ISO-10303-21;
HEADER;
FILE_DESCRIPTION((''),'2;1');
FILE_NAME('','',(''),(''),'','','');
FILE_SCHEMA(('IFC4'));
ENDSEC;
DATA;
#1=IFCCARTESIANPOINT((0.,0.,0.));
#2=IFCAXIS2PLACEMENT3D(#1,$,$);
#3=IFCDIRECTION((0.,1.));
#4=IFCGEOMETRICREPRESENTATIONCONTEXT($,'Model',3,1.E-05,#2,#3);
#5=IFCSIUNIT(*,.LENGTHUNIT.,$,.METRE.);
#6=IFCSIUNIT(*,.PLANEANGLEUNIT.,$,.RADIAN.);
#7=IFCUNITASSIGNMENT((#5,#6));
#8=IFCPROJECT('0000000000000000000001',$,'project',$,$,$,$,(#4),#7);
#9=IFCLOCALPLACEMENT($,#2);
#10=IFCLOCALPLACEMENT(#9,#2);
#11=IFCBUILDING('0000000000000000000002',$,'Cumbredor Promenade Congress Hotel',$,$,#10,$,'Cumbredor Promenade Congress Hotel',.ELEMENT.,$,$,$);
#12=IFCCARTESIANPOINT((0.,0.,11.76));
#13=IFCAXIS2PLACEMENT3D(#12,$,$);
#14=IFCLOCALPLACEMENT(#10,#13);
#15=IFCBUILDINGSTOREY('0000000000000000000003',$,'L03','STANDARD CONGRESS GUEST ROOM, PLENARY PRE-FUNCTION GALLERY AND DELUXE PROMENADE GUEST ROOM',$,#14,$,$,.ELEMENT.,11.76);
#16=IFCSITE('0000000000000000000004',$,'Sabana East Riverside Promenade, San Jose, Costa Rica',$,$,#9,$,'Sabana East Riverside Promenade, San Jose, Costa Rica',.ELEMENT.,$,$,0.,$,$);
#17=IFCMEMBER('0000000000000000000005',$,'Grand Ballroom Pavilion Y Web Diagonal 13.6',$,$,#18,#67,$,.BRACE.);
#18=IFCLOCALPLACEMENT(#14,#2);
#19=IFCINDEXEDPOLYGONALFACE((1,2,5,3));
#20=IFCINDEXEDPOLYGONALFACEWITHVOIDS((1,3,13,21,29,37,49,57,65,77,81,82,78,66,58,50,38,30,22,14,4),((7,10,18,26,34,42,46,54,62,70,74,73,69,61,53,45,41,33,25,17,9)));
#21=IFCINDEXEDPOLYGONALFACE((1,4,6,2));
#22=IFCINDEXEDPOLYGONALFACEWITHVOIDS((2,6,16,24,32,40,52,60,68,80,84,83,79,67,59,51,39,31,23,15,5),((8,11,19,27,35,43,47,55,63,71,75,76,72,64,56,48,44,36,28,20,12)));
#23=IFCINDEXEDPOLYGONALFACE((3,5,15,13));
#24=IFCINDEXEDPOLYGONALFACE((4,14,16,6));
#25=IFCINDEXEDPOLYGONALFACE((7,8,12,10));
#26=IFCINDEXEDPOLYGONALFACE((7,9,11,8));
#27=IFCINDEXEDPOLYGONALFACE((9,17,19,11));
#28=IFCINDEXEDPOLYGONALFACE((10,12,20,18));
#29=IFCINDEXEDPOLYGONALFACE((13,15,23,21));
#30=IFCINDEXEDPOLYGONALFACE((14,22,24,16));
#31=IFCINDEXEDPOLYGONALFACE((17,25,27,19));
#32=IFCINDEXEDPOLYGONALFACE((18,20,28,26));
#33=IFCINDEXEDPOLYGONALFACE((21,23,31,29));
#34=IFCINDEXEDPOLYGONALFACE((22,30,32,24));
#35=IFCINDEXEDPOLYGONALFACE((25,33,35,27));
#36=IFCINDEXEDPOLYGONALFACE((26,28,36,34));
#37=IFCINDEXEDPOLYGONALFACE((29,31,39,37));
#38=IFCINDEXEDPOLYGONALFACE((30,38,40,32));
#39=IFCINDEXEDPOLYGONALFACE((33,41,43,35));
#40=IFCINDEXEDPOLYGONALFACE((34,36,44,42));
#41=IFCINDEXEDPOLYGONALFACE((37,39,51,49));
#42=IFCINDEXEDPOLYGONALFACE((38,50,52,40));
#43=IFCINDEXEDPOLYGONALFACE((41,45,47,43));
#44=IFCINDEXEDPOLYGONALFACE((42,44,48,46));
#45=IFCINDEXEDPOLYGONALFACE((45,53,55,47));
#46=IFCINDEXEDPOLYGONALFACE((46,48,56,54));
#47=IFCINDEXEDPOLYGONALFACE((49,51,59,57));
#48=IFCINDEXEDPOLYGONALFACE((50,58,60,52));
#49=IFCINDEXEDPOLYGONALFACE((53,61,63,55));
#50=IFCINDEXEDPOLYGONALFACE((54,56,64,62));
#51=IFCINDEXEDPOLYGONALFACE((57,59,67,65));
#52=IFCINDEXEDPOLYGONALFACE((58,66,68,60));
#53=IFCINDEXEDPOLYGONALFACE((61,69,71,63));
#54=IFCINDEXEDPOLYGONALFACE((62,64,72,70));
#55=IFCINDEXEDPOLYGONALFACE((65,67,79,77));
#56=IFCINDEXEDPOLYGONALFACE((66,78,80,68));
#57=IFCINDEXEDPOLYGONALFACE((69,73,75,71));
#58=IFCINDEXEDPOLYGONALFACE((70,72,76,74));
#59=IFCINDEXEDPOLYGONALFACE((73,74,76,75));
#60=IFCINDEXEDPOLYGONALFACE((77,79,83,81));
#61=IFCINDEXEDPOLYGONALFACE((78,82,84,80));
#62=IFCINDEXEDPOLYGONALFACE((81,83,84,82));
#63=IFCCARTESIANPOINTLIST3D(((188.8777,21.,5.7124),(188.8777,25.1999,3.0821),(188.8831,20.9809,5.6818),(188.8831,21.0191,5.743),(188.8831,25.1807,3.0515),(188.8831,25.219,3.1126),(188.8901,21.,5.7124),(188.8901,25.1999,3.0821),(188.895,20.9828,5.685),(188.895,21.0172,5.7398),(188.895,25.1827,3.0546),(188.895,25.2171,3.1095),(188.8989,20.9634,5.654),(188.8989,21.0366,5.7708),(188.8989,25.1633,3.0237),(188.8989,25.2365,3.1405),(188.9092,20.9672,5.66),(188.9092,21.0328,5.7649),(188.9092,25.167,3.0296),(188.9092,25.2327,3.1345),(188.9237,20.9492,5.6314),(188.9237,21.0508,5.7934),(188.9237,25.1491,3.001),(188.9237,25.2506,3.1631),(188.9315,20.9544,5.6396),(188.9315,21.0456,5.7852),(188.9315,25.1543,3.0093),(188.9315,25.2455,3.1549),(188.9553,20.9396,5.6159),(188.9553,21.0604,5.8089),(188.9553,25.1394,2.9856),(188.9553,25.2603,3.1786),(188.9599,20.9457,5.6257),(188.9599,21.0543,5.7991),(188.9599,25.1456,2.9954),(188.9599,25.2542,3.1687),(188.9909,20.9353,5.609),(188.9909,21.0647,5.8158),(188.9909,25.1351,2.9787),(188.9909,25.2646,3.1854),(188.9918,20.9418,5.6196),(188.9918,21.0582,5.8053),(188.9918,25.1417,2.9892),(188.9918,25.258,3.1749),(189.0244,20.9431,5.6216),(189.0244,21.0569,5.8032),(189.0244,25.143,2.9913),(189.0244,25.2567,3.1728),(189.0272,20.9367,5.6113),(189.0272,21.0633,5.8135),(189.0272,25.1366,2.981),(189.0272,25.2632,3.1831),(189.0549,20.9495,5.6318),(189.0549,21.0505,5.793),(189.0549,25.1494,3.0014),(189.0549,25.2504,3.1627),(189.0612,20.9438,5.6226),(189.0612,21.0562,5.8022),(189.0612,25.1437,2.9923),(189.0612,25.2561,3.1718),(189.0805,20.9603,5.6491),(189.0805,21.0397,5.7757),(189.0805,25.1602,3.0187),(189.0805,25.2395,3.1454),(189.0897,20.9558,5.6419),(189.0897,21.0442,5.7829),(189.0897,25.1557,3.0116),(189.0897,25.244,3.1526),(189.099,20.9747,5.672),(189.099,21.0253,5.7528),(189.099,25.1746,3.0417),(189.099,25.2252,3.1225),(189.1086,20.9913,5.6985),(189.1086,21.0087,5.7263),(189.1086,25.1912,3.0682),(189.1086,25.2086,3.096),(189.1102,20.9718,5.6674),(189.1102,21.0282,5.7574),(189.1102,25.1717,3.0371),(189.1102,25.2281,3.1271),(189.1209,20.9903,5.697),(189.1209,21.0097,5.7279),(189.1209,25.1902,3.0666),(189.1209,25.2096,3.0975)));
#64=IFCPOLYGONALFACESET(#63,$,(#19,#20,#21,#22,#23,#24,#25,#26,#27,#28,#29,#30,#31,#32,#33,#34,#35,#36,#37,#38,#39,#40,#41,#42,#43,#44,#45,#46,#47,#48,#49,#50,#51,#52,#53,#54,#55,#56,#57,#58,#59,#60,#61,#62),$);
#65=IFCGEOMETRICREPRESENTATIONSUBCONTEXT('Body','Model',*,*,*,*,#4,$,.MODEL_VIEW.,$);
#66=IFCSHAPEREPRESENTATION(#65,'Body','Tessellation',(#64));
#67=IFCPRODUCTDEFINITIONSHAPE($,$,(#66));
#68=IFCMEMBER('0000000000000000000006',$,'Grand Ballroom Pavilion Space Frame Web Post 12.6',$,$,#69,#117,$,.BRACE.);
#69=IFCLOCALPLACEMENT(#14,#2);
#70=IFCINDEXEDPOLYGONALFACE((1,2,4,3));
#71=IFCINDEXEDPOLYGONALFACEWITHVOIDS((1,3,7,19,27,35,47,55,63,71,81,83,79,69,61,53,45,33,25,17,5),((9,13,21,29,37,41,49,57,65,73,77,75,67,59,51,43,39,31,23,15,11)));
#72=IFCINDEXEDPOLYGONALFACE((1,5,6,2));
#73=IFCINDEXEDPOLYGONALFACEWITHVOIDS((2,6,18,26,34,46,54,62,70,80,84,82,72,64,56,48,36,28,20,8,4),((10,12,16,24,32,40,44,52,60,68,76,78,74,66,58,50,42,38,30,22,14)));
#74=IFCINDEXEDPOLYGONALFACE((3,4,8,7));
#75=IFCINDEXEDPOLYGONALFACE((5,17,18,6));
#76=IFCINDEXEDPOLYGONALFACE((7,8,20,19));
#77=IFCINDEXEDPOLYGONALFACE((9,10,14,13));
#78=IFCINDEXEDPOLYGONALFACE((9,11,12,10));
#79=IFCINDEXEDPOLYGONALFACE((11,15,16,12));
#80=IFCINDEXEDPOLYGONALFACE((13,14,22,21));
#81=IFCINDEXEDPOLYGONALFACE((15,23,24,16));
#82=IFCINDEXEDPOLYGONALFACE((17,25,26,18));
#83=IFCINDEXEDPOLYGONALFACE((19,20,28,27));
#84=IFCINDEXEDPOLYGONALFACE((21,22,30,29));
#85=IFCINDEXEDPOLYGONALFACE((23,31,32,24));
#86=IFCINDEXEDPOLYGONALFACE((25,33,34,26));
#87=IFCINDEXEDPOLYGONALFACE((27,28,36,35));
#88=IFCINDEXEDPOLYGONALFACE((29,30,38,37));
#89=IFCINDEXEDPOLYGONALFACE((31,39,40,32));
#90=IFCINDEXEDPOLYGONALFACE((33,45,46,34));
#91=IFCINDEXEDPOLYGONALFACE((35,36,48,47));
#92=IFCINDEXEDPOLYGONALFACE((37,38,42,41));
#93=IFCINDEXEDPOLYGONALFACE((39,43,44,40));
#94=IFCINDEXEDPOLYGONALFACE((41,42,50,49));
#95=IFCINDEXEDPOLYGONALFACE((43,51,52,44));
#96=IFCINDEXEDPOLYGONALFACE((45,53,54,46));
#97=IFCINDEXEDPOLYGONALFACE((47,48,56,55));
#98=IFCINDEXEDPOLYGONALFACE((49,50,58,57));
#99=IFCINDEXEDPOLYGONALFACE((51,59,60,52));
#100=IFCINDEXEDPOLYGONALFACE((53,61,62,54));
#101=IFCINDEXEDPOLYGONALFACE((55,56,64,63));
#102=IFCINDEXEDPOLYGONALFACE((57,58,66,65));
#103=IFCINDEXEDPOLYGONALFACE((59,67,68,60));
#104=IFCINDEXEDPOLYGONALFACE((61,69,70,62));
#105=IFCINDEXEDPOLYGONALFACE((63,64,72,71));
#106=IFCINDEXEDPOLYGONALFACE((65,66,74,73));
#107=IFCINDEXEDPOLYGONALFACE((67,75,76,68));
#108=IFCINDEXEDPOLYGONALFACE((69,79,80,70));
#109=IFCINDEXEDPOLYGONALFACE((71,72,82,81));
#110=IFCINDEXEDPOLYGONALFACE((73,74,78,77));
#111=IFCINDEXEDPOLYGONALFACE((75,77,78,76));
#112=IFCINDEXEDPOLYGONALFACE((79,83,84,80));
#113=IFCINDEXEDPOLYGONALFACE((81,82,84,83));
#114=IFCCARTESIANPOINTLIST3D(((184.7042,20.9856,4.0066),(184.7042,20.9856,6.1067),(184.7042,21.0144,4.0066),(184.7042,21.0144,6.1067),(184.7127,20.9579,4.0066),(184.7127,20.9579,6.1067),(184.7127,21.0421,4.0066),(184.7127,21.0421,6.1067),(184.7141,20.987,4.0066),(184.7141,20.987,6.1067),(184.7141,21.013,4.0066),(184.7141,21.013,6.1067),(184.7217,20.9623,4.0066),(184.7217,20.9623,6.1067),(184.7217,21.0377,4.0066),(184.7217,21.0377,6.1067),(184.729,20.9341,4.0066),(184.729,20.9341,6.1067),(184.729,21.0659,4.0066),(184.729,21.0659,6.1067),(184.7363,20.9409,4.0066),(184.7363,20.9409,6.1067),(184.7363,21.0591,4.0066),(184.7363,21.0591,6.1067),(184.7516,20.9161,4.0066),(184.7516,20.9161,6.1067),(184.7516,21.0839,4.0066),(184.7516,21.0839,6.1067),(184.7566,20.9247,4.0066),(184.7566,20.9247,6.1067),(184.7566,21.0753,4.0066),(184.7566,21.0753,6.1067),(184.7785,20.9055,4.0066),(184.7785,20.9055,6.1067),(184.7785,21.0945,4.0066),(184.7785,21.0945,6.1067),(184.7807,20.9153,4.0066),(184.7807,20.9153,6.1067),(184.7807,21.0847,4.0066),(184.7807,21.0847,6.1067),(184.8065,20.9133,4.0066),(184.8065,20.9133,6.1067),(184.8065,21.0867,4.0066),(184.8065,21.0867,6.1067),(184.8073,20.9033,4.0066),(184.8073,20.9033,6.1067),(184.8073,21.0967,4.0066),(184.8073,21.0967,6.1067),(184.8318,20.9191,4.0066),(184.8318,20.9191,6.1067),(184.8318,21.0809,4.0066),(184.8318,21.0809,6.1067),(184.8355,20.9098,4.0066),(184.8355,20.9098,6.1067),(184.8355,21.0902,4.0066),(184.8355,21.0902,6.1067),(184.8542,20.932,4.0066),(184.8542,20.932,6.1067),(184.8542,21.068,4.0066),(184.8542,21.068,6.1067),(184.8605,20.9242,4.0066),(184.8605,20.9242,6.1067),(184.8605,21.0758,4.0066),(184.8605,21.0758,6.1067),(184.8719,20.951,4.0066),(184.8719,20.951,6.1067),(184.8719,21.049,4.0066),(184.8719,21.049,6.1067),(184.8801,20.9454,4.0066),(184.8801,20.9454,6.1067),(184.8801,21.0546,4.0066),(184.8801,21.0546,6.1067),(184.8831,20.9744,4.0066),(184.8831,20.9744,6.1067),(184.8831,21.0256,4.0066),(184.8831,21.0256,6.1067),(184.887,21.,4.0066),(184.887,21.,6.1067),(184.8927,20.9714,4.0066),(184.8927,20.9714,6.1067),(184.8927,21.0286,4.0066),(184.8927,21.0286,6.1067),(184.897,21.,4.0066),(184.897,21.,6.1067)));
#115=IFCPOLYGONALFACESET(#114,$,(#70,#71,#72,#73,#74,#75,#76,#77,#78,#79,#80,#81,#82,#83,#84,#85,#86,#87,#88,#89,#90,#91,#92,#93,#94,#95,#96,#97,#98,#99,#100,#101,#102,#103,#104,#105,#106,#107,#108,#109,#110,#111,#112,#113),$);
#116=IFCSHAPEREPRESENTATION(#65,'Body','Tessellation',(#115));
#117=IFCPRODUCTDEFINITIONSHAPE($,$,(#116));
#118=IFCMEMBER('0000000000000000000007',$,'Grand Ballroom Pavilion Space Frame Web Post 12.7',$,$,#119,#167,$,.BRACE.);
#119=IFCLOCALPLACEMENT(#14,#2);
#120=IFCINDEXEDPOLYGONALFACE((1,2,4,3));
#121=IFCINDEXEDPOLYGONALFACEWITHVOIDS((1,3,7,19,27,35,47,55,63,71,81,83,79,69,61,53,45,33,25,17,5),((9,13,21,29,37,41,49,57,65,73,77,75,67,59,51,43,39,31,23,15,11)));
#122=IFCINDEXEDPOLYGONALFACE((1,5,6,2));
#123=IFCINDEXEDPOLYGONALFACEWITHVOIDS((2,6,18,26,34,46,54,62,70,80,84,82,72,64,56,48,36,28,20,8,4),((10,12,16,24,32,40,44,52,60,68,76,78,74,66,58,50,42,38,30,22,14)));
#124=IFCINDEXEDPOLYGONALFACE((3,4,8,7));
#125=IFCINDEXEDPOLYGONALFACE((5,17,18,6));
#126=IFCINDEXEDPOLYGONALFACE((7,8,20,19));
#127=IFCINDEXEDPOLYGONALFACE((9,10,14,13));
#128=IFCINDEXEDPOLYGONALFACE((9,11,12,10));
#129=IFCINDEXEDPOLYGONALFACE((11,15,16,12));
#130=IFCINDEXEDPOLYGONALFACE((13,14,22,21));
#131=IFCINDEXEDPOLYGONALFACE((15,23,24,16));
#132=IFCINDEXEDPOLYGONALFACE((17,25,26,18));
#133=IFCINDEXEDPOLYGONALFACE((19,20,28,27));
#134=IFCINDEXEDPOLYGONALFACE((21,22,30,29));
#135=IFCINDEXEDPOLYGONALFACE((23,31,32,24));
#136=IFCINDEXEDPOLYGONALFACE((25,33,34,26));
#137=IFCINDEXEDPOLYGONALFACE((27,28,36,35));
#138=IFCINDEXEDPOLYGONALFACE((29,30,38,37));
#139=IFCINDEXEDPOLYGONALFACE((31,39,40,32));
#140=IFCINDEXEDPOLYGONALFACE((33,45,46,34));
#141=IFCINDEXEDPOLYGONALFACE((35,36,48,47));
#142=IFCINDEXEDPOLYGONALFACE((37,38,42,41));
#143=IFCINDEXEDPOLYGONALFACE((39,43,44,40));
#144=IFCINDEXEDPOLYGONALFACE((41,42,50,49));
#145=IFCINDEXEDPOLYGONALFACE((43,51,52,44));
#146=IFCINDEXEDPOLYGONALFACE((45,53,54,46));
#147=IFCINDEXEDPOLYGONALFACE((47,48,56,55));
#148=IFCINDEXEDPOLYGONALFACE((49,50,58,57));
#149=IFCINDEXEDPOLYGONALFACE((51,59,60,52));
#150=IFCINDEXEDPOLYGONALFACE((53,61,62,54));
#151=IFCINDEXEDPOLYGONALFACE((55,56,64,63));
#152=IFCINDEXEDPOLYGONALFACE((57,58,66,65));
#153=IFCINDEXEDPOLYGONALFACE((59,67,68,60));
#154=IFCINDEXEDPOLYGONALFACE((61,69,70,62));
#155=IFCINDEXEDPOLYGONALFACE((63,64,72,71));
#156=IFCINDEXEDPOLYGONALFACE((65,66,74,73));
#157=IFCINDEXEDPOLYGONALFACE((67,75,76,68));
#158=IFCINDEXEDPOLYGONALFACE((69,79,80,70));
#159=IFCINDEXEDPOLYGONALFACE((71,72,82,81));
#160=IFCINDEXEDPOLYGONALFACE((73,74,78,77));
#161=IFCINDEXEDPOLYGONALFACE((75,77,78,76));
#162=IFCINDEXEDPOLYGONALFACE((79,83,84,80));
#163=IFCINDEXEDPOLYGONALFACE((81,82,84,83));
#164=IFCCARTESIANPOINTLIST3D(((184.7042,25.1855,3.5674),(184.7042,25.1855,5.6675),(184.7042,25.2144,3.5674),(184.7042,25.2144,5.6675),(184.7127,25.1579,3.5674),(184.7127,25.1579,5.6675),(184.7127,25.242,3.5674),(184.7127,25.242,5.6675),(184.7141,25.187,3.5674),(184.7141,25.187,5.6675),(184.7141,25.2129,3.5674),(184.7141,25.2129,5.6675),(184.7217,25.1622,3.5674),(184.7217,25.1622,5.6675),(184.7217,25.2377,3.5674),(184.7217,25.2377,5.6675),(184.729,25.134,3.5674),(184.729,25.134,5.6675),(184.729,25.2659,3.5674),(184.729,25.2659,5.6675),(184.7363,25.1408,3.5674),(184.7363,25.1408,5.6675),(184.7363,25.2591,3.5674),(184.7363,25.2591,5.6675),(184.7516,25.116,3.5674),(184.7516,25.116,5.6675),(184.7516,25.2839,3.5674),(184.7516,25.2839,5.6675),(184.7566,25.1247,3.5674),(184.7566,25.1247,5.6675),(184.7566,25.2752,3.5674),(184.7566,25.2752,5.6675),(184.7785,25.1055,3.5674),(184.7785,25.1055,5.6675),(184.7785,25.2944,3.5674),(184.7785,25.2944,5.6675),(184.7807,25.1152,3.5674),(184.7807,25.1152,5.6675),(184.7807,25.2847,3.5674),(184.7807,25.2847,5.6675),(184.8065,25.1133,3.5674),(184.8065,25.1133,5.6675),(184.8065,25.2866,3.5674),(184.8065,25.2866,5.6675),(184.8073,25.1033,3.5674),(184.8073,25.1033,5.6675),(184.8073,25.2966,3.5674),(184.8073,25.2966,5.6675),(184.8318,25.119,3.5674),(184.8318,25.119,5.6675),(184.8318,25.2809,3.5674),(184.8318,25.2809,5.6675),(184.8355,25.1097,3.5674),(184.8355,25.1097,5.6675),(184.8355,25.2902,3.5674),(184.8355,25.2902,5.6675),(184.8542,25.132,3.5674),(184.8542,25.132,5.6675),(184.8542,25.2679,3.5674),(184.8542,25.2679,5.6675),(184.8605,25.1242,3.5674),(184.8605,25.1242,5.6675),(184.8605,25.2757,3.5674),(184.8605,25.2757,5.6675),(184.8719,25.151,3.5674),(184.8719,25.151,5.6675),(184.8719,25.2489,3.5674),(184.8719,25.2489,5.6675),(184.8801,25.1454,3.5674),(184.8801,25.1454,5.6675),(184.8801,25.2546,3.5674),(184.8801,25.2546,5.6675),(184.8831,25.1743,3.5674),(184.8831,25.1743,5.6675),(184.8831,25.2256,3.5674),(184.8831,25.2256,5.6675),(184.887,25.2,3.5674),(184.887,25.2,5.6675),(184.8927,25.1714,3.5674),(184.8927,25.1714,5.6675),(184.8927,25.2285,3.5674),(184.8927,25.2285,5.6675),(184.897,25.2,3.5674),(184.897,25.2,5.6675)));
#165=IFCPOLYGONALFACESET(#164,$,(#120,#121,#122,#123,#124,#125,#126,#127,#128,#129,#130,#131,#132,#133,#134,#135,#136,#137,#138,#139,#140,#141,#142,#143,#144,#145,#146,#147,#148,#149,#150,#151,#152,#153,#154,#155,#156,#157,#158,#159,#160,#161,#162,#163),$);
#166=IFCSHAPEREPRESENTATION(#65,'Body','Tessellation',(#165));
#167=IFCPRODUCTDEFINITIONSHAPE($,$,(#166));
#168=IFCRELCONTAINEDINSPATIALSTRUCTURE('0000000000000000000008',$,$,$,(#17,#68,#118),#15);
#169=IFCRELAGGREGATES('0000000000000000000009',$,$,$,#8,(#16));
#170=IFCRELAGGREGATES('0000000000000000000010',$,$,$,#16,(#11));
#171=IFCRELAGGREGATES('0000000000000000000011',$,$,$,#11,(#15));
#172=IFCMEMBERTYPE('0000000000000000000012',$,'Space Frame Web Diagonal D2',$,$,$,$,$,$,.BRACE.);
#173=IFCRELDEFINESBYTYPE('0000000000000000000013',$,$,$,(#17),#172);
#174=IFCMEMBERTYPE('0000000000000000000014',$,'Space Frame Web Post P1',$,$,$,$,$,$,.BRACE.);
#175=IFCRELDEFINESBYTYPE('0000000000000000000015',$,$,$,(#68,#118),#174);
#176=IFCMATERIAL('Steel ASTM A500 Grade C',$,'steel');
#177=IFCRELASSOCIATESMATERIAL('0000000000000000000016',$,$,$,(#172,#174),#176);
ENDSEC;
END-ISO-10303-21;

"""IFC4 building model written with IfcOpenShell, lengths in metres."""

from ifc_helpers import new_model, si_unit, direction, frame, origin, origin_2d, place, context, subcontext, project, spatial, hollow_circle, extrude, material, material_profile, profile_set, type_object, element, save


model = new_model("IFC4")

# Units and contexts
model_context = context("Model", 3, precision=1e-05, world=origin(), true_north=direction((0.0, 1.0)))
body_context = subcontext(model_context, "Body", "Model", "MODEL_VIEW")
ifc_project = project(units=[si_unit("LENGTHUNIT", "METRE"), si_unit("PLANEANGLEUNIT", "RADIAN")], contexts=[model_context])

# Site, building, storey
site_placement = place(None, origin())
site = spatial("IfcSite", under=ifc_project, at=site_placement, Name="Sabana East Riverside Promenade, San Jose, Costa Rica", LongName="Sabana East Riverside Promenade, San Jose, Costa Rica", CompositionType="ELEMENT", RefElevation=0.0)
building_placement = place(site_placement, origin())
building = spatial("IfcBuilding", under=site, at=building_placement, Name="Cumbredor Promenade Congress Hotel", LongName="Cumbredor Promenade Congress Hotel", CompositionType="ELEMENT")
storey_placement = place(building_placement, frame((0.0, 0.0, 11.76)))
storey = spatial("IfcBuildingStorey", under=building, at=storey_placement, Name="L03", Description="STANDARD CONGRESS GUEST ROOM, PLENARY PRE-FUNCTION GALLERY AND DELUXE PROMENADE GUEST ROOM", CompositionType="ELEMENT", Elevation=11.76)

# Shared definitions
ifc_material_1 = material(Name="Steel ASTM A500 Grade C", Category="steel")

# Members
ifc_material_profile_1 = material_profile(ifc_material_1, hollow_circle(Radius=0.1223, WallThickness=0.0125, at=origin_2d()), Name="CHS 244.5x12.5")
ifc_profile_set_1 = profile_set([ifc_material_profile_1], Name="Steel ASTM A500 Grade C")
member_type_1 = type_object("IfcMemberType", Name="Space Frame Web Diagonal D2", PredefinedType="BRACE", material=ifc_profile_set_1)
member_1_placement = place(storey_placement, frame((189.0, 21.0, 5.7124), z_axis=(0.0, 0.847508, -0.530783), x_axis=(-1.0, 0.0, 0.0)))
element("IfcMember", 1, at=member_1_placement, inside=storey, type_object=member_type_1, Name="Grand Ballroom Pavilion Y Web Diagonal 13.6", PredefinedType="BRACE", context=body_context, shape_type="SweptSolid", body=[
    extrude(hollow_circle(Radius=0.1223, WallThickness=0.0125, at=origin_2d()), origin(), (0.0, 0.0, 1.0), 4.9556),
])
ifc_material_profile_2 = material_profile(ifc_material_1, hollow_circle(Radius=0.0969, WallThickness=0.01, at=origin_2d()), Name="CHS 193.7x10")
ifc_profile_set_2 = profile_set([ifc_material_profile_2], Name="Steel ASTM A500 Grade C")
member_type_2 = type_object("IfcMemberType", Name="Space Frame Web Post P1", PredefinedType="BRACE", material=ifc_profile_set_2)
for number, where, z_axis, x_axis, name in (
    (2, (184.8, 21.0, 4.0066), (0.0, 0.0, 1.0), (1.0, 0.0, 0.0), "Grand Ballroom Pavilion Space Frame Web Post 12.6"),
    (3, (184.8, 25.2, 3.5674), (0.0, 0.0, 1.0), (1.0, 0.0, 0.0), "Grand Ballroom Pavilion Space Frame Web Post 12.7"),
):
    element("IfcMember", number, at=place(storey_placement, frame(where, z_axis=z_axis, x_axis=x_axis)), inside=storey, type_object=member_type_2, Name=name, PredefinedType="BRACE", context=body_context, shape_type="SweptSolid", body=[
        extrude(hollow_circle(Radius=0.0969, WallThickness=0.01, at=origin_2d()), origin(), (0.0, 0.0, 1.0), 2.1001),
    ])

save(model, "model.ifc")
